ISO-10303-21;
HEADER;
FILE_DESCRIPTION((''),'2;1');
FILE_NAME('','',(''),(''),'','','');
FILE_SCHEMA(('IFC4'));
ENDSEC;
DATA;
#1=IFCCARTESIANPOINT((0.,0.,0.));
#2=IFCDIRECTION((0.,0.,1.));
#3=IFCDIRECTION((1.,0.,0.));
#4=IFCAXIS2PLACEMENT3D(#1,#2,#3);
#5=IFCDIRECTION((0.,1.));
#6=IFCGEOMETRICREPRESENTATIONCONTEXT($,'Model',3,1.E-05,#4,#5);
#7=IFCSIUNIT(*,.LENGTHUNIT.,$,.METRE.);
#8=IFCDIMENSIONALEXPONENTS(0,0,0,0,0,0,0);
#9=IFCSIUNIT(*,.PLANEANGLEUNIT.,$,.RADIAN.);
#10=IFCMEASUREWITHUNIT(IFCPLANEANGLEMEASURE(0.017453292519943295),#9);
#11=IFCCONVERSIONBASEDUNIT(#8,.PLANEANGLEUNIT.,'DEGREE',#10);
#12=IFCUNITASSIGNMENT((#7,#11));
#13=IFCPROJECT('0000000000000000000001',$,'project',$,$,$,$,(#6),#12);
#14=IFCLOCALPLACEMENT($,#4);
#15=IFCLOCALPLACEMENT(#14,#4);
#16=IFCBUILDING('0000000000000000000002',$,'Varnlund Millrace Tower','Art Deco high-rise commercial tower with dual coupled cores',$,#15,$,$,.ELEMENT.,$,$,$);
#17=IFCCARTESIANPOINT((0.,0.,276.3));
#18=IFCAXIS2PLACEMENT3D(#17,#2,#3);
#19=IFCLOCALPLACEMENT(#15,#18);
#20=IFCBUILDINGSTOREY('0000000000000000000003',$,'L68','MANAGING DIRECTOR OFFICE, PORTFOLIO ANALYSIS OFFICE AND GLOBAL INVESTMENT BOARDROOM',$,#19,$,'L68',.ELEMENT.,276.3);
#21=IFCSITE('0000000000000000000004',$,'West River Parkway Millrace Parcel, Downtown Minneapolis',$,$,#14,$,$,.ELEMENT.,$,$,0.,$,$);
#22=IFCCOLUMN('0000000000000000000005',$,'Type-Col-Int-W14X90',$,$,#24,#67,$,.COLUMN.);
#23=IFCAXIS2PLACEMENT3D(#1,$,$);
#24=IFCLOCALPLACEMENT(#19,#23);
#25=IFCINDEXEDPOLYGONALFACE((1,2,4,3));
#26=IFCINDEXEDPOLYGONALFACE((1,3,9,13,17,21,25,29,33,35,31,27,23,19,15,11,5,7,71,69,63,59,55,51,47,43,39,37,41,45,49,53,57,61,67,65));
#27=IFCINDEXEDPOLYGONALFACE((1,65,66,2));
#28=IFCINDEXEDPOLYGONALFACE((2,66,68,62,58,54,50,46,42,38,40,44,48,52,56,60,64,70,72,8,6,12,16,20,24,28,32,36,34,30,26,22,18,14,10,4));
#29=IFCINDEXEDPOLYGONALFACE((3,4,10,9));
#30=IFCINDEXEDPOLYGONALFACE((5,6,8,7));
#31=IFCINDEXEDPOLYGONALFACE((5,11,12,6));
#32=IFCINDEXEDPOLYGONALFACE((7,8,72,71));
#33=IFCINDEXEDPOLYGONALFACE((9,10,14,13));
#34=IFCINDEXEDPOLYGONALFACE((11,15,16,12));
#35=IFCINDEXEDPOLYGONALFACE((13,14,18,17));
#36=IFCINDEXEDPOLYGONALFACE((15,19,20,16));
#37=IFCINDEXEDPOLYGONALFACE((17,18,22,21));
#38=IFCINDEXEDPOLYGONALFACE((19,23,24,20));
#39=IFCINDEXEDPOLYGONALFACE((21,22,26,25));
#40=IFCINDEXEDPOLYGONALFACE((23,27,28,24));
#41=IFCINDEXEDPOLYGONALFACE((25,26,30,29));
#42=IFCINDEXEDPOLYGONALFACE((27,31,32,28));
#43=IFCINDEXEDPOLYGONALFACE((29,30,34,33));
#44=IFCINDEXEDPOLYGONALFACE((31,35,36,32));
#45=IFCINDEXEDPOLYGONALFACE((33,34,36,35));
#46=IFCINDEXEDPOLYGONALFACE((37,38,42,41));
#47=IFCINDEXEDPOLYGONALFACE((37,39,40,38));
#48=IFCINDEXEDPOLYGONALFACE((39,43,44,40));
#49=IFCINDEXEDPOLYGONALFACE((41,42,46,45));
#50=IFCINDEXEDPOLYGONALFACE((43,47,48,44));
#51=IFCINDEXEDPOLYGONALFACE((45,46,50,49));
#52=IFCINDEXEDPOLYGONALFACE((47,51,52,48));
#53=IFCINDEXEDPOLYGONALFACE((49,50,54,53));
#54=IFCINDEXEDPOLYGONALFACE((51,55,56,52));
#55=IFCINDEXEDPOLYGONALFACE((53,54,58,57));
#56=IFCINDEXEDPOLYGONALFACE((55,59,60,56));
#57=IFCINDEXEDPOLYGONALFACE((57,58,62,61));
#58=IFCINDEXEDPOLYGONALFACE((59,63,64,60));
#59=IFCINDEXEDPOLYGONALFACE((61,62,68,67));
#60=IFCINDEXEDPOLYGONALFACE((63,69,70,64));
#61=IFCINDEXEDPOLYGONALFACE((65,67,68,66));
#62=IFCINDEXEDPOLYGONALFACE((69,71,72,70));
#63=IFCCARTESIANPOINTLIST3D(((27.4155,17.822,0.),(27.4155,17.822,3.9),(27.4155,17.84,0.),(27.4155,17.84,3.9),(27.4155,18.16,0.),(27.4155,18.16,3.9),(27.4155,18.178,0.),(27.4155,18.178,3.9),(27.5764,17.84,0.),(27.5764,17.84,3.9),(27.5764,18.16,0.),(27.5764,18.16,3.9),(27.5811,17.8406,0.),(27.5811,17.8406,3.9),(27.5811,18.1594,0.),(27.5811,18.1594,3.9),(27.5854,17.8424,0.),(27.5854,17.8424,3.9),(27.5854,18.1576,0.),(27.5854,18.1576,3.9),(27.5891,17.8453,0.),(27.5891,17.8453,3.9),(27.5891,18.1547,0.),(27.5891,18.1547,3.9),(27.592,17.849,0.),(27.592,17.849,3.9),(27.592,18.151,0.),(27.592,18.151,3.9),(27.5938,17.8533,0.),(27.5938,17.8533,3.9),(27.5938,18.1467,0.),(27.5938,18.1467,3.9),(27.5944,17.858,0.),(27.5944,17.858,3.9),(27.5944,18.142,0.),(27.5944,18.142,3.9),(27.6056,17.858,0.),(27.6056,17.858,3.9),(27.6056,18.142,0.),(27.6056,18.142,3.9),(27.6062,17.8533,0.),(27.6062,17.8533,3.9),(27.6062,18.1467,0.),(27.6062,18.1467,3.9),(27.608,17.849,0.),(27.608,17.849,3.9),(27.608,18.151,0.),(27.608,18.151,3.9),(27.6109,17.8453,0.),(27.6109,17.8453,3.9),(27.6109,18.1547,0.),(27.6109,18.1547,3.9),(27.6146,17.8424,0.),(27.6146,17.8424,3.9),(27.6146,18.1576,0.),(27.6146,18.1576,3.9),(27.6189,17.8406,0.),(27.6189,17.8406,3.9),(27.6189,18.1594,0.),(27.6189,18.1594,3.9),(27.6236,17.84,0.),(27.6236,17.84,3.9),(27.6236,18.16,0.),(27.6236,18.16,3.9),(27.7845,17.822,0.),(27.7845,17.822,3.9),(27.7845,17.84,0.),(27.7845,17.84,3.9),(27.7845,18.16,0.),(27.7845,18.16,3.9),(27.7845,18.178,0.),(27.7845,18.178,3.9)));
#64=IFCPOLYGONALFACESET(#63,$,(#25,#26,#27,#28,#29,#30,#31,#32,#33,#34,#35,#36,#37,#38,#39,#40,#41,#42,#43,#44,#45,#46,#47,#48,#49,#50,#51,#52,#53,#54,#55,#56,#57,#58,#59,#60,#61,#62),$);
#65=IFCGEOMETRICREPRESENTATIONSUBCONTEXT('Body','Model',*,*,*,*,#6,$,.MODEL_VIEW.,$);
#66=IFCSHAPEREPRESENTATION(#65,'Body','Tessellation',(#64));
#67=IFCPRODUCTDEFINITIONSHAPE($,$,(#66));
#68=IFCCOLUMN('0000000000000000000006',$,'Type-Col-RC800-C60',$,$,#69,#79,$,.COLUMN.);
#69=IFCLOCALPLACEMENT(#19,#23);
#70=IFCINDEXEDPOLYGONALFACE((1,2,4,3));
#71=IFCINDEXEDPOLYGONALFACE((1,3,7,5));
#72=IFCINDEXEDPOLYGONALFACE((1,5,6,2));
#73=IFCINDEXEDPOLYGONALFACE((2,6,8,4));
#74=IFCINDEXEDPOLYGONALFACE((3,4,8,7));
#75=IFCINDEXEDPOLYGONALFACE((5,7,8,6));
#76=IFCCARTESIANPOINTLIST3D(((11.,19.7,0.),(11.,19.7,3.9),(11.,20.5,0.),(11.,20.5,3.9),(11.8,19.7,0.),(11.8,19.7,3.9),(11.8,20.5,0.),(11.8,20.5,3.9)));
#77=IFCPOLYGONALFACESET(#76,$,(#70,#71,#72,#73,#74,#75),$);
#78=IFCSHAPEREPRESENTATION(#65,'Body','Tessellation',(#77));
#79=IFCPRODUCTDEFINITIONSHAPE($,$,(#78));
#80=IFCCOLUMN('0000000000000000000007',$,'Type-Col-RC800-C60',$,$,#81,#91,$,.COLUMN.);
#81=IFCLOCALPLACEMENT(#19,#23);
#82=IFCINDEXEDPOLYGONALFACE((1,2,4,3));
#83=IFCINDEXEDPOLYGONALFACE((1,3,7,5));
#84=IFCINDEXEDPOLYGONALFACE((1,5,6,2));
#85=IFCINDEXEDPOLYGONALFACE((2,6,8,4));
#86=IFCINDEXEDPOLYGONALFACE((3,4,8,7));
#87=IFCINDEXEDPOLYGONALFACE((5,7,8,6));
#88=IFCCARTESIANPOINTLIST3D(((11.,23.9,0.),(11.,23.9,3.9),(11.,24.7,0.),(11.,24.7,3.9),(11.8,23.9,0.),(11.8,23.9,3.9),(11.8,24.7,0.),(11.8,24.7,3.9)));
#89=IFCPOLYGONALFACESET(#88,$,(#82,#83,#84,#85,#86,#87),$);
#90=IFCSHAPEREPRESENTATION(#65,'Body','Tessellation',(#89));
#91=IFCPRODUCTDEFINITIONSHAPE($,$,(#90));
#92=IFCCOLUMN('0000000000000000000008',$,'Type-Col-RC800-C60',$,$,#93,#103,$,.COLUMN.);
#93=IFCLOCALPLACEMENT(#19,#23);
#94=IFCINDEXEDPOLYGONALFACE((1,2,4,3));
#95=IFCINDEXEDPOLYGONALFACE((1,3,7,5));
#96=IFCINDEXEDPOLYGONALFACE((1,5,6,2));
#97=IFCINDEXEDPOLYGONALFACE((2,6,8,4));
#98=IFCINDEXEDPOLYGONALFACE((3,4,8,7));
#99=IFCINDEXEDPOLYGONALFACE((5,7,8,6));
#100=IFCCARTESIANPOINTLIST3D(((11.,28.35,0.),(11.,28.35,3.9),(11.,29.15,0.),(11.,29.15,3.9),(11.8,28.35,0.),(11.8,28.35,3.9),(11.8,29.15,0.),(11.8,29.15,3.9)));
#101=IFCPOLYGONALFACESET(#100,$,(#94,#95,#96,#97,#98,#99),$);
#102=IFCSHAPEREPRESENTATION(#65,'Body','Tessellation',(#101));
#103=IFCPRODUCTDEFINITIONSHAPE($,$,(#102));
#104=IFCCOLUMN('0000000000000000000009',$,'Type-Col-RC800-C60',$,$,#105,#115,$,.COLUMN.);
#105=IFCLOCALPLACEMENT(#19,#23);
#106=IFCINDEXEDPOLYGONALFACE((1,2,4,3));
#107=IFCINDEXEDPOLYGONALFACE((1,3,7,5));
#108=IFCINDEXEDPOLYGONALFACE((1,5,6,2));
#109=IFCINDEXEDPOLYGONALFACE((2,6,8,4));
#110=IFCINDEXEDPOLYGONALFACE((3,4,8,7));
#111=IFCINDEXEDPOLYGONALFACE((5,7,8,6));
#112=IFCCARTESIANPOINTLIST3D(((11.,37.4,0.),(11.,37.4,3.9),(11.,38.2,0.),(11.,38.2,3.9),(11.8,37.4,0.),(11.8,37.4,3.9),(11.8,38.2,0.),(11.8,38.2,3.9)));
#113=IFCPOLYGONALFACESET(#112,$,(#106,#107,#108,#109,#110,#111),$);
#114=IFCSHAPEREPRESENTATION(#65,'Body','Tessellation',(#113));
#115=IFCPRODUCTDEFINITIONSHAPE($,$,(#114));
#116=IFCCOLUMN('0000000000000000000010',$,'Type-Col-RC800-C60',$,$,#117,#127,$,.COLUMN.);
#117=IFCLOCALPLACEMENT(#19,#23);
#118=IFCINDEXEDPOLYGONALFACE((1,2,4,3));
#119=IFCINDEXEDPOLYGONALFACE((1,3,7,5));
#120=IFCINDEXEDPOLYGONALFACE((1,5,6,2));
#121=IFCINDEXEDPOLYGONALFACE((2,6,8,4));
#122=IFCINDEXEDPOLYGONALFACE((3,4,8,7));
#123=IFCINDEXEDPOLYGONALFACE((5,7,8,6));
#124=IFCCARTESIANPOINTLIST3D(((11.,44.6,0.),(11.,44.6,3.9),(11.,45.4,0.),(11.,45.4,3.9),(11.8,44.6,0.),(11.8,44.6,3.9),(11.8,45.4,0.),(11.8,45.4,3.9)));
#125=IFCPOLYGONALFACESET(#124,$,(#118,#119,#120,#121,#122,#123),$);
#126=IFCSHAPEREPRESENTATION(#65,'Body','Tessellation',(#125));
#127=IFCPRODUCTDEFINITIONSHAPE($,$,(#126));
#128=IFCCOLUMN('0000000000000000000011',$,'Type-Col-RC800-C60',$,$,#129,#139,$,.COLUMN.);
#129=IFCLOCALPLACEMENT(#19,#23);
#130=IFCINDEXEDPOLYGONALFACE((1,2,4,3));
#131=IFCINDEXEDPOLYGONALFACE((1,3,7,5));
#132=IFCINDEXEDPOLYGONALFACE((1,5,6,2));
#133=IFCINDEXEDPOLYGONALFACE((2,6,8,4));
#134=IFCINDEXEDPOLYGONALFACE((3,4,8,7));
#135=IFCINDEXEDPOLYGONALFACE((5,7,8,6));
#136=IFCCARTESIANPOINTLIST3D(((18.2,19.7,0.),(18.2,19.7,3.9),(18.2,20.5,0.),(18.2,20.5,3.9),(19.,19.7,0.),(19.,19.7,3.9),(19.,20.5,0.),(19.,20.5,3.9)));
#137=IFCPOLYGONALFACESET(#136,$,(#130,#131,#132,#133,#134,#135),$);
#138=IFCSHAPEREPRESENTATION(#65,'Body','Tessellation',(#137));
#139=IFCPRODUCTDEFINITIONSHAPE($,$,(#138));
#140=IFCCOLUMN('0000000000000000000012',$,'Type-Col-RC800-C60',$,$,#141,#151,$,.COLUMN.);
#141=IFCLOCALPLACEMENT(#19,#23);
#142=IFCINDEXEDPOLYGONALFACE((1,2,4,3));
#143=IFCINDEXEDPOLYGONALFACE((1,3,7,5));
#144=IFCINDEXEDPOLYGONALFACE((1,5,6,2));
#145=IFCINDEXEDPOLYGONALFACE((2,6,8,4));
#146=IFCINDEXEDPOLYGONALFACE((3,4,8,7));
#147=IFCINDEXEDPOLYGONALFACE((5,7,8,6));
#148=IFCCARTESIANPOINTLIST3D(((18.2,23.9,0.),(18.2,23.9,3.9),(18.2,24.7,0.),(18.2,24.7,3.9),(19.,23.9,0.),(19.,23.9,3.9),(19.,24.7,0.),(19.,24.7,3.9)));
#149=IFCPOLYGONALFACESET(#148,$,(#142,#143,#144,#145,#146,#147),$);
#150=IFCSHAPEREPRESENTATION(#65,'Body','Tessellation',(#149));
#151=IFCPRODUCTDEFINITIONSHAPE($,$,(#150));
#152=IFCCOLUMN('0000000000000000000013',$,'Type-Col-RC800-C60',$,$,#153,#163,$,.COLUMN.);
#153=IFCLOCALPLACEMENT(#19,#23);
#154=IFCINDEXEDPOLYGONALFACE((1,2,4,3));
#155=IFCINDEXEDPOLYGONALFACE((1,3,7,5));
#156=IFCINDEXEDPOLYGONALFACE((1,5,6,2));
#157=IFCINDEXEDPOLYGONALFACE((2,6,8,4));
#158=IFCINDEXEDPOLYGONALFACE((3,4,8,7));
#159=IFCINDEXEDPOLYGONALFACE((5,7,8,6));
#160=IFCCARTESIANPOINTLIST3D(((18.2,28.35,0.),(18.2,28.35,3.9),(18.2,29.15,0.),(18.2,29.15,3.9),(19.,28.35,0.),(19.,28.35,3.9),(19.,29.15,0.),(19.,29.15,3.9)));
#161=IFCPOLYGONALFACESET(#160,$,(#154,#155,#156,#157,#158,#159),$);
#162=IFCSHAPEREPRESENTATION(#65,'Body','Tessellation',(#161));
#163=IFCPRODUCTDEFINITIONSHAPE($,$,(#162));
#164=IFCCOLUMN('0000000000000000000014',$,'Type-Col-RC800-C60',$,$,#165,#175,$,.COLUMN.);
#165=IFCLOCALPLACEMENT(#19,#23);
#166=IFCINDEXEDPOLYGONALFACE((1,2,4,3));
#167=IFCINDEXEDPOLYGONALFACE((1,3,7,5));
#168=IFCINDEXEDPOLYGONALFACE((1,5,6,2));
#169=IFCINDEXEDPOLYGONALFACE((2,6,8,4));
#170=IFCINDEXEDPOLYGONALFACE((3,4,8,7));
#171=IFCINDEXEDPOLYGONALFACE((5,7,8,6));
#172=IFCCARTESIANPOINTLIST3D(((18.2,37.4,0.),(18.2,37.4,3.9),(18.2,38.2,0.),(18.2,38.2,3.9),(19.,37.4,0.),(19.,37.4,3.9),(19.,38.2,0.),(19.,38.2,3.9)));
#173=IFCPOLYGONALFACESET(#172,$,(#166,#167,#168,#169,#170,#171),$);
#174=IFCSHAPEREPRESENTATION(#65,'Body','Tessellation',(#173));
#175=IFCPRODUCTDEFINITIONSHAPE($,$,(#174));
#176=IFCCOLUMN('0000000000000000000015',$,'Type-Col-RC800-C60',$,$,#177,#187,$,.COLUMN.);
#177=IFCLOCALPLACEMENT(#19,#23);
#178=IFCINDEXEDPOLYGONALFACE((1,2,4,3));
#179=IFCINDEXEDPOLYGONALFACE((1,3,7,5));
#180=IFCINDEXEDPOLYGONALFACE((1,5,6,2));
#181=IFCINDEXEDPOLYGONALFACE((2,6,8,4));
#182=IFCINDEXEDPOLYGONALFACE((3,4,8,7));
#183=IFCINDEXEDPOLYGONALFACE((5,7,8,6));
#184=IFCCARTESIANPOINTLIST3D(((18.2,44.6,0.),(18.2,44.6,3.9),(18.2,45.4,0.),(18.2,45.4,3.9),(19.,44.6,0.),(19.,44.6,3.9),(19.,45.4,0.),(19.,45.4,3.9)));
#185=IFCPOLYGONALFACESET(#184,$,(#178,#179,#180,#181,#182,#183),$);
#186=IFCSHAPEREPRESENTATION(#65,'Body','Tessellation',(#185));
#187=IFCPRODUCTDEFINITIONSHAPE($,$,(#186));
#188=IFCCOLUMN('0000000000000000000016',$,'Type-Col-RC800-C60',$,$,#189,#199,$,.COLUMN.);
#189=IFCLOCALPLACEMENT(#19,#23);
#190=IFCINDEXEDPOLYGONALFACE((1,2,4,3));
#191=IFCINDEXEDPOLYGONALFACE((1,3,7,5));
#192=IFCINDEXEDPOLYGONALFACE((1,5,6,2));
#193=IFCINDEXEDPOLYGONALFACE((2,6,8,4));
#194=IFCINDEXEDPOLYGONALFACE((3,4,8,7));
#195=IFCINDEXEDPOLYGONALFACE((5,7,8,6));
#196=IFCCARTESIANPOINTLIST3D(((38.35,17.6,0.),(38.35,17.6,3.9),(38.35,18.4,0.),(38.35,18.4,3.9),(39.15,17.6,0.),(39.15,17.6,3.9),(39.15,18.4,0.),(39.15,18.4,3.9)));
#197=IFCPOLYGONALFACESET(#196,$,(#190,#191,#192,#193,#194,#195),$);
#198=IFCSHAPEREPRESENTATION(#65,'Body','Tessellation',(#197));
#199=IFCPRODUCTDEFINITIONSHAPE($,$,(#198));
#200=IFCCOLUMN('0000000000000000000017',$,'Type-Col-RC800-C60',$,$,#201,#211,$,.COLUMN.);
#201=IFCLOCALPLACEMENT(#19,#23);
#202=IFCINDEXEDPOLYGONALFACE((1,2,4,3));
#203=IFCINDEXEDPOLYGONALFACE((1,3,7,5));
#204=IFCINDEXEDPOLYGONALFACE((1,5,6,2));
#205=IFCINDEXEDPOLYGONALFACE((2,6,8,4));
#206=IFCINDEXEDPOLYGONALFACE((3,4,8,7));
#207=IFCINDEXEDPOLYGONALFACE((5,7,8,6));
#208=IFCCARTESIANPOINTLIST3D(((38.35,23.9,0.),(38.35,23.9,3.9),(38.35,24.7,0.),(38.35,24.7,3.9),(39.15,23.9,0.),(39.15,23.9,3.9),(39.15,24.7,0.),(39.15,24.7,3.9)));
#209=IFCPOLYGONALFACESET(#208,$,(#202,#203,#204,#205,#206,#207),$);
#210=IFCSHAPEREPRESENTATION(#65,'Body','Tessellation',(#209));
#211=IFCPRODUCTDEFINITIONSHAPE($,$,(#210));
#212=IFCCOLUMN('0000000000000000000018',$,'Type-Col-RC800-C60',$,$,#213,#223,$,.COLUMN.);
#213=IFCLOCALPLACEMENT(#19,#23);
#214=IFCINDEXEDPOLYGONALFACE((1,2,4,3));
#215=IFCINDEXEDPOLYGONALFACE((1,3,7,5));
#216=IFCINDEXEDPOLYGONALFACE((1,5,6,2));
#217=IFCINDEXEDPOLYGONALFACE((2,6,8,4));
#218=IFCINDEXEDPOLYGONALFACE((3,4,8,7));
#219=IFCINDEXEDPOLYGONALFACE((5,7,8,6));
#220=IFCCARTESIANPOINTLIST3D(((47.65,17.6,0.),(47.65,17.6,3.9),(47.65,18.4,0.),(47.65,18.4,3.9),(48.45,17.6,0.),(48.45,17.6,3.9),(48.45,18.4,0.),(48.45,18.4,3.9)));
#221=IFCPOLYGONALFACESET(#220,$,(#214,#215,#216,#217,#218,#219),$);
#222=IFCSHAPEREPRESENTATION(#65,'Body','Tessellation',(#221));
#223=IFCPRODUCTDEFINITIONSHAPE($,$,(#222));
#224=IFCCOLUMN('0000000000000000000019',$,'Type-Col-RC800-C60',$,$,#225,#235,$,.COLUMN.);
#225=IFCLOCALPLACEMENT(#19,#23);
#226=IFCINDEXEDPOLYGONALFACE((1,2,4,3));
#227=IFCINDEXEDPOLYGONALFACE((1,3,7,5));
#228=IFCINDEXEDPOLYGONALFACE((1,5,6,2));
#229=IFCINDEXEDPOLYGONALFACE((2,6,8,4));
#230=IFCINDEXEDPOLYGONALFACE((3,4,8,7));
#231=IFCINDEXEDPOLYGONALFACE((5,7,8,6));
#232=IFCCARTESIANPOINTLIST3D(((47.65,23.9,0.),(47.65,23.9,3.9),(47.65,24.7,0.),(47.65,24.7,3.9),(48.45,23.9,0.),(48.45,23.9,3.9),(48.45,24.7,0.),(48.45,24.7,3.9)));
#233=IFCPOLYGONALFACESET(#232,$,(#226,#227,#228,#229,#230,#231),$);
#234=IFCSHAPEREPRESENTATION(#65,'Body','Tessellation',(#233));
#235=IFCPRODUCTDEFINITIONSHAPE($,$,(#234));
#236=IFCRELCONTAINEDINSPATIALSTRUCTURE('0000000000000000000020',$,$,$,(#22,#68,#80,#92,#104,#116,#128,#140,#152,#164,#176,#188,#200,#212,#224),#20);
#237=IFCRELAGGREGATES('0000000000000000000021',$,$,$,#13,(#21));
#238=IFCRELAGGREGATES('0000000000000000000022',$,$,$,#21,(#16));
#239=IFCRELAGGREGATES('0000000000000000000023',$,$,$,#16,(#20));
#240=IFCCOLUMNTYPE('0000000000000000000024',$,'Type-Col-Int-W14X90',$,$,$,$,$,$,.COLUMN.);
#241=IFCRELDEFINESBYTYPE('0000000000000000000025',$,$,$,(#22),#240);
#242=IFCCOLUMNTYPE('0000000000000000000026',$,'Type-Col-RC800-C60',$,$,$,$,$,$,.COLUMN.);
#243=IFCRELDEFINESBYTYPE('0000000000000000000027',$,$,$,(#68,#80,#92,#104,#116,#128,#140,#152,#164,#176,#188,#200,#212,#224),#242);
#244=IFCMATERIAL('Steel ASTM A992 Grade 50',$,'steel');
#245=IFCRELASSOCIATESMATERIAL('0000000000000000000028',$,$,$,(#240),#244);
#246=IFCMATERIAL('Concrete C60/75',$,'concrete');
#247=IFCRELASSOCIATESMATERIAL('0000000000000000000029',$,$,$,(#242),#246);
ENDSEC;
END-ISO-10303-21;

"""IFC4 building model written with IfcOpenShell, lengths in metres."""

from ifc_helpers import new_model, entity, si_unit, converted_unit, direction, frame, origin_with_axes, origin_2d_with_axis, place, context, subcontext, project, spatial, rectangle, i_section, extrude, material, material_profile, profile_set, type_object, element, save


model = new_model("IFC4")

# Units and contexts
model_context = context("Model", 3, precision=1e-05, world=origin_with_axes(), true_north=direction((0.0, 1.0)))
body_context = subcontext(model_context, "Body", "Model", "MODEL_VIEW")
ifc_project = project(units=[si_unit("LENGTHUNIT", "METRE"), converted_unit("PLANEANGLEUNIT", "DEGREE", entity("IfcPlaneAngleMeasure", 0.017453292519943295), si_unit("PLANEANGLEUNIT", "RADIAN"), dimensions=[0, 0, 0, 0, 0, 0, 0])], contexts=[model_context])

# Site, building, storey
site_placement = place(None, origin_with_axes())
site = spatial("IfcSite", under=ifc_project, at=site_placement, Name="West River Parkway Millrace Parcel, Downtown Minneapolis", CompositionType="ELEMENT", RefElevation=0.0)
building_placement = place(site_placement, origin_with_axes())
building = spatial("IfcBuilding", under=site, at=building_placement, Name="Varnlund Millrace Tower", Description="Art Deco high-rise commercial tower with dual coupled cores", CompositionType="ELEMENT")
storey_placement = place(building_placement, frame((0.0, 0.0, 276.3), z_axis=(0.0, 0.0, 1.0), x_axis=(1.0, 0.0, 0.0)))
storey = spatial("IfcBuildingStorey", under=building, at=storey_placement, Name="L68", Description="MANAGING DIRECTOR OFFICE, PORTFOLIO ANALYSIS OFFICE AND GLOBAL INVESTMENT BOARDROOM", LongName="L68", CompositionType="ELEMENT", Elevation=276.3)

# Columns
ifc_material_1 = material(Name="Steel ASTM A992 Grade 50", Category="steel")
ifc_material_profile_1 = material_profile(ifc_material_1, i_section(OverallWidth=0.369, OverallDepth=0.356, WebThickness=0.0112, FlangeThickness=0.018, FilletRadius=0.018, at=origin_2d_with_axis()), Name="Steel ASTM A992 Grade 50")
ifc_profile_set_1 = profile_set([ifc_material_profile_1], Name="Steel ASTM A992 Grade 50")
column_type_1 = type_object("IfcColumnType", Name="Type-Col-Int-W14X90", PredefinedType="COLUMN", material=ifc_profile_set_1)
column_placement = place(storey_placement, frame((27.6, 18.0, 0.0), z_axis=(0.0, 0.0, 1.0), x_axis=(1.0, 0.0, 0.0)))
element("IfcColumn", 1, at=column_placement, inside=storey, type_object=column_type_1, Name="Type-Col-Int-W14X90", PredefinedType="COLUMN", context=body_context, shape_type="SweptSolid", body=[
    extrude(i_section(OverallWidth=0.369, OverallDepth=0.356, WebThickness=0.0112, FlangeThickness=0.018, FilletRadius=0.018, at=origin_2d_with_axis()), origin_with_axes(), (0.0, 0.0, 1.0), 3.9),
])
ifc_material_2 = material(Name="Concrete C60/75", Category="concrete")
ifc_material_profile_2 = material_profile(ifc_material_2, rectangle(XDim=0.8, YDim=0.8, at=origin_2d_with_axis()), Name="Concrete C60/75")
ifc_profile_set_2 = profile_set([ifc_material_profile_2], Name="Concrete C60/75")
column_type_2 = type_object("IfcColumnType", Name="Type-Col-RC800-C60", PredefinedType="COLUMN", material=ifc_profile_set_2)
for number, where, z_axis, x_axis, name in (
    (2, (11.4, 20.1, 0.0), (0.0, 0.0, 1.0), (1.0, 0.0, 0.0), "Type-Col-RC800-C60"),
    (3, (11.4, 24.3, 0.0), (0.0, 0.0, 1.0), (1.0, 0.0, 0.0), "Type-Col-RC800-C60"),
    (4, (11.4, 28.75, 0.0), (0.0, 0.0, 1.0), (1.0, 0.0, 0.0), "Type-Col-RC800-C60"),
    (5, (11.4, 37.8, 0.0), (0.0, 0.0, 1.0), (1.0, 0.0, 0.0), "Type-Col-RC800-C60"),
    (6, (11.4, 45.0, 0.0), (0.0, 0.0, 1.0), (1.0, 0.0, 0.0), "Type-Col-RC800-C60"),
    (7, (18.6, 20.1, 0.0), (0.0, 0.0, 1.0), (1.0, 0.0, 0.0), "Type-Col-RC800-C60"),
    (8, (18.6, 24.3, 0.0), (0.0, 0.0, 1.0), (1.0, 0.0, 0.0), "Type-Col-RC800-C60"),
    (9, (18.6, 28.75, 0.0), (0.0, 0.0, 1.0), (1.0, 0.0, 0.0), "Type-Col-RC800-C60"),
    (10, (18.6, 37.8, 0.0), (0.0, 0.0, 1.0), (1.0, 0.0, 0.0), "Type-Col-RC800-C60"),
    (11, (18.6, 45.0, 0.0), (0.0, 0.0, 1.0), (1.0, 0.0, 0.0), "Type-Col-RC800-C60"),
    (12, (38.75, 18.0, 0.0), (0.0, 0.0, 1.0), (1.0, 0.0, 0.0), "Type-Col-RC800-C60"),
    (13, (38.75, 24.3, 0.0), (0.0, 0.0, 1.0), (1.0, 0.0, 0.0), "Type-Col-RC800-C60"),
    (14, (48.05, 18.0, 0.0), (0.0, 0.0, 1.0), (1.0, 0.0, 0.0), "Type-Col-RC800-C60"),
    (15, (48.05, 24.3, 0.0), (0.0, 0.0, 1.0), (1.0, 0.0, 0.0), "Type-Col-RC800-C60"),
):
    element("IfcColumn", number, at=place(storey_placement, frame(where, z_axis=z_axis, x_axis=x_axis)), inside=storey, type_object=column_type_2, Name=name, PredefinedType="COLUMN", context=body_context, shape_type="SweptSolid", body=[
        extrude(rectangle(XDim=0.8, YDim=0.8, at=origin_2d_with_axis()), origin_with_axes(), (0.0, 0.0, 1.0), 3.9),
    ])

save(model, "model.ifc")
